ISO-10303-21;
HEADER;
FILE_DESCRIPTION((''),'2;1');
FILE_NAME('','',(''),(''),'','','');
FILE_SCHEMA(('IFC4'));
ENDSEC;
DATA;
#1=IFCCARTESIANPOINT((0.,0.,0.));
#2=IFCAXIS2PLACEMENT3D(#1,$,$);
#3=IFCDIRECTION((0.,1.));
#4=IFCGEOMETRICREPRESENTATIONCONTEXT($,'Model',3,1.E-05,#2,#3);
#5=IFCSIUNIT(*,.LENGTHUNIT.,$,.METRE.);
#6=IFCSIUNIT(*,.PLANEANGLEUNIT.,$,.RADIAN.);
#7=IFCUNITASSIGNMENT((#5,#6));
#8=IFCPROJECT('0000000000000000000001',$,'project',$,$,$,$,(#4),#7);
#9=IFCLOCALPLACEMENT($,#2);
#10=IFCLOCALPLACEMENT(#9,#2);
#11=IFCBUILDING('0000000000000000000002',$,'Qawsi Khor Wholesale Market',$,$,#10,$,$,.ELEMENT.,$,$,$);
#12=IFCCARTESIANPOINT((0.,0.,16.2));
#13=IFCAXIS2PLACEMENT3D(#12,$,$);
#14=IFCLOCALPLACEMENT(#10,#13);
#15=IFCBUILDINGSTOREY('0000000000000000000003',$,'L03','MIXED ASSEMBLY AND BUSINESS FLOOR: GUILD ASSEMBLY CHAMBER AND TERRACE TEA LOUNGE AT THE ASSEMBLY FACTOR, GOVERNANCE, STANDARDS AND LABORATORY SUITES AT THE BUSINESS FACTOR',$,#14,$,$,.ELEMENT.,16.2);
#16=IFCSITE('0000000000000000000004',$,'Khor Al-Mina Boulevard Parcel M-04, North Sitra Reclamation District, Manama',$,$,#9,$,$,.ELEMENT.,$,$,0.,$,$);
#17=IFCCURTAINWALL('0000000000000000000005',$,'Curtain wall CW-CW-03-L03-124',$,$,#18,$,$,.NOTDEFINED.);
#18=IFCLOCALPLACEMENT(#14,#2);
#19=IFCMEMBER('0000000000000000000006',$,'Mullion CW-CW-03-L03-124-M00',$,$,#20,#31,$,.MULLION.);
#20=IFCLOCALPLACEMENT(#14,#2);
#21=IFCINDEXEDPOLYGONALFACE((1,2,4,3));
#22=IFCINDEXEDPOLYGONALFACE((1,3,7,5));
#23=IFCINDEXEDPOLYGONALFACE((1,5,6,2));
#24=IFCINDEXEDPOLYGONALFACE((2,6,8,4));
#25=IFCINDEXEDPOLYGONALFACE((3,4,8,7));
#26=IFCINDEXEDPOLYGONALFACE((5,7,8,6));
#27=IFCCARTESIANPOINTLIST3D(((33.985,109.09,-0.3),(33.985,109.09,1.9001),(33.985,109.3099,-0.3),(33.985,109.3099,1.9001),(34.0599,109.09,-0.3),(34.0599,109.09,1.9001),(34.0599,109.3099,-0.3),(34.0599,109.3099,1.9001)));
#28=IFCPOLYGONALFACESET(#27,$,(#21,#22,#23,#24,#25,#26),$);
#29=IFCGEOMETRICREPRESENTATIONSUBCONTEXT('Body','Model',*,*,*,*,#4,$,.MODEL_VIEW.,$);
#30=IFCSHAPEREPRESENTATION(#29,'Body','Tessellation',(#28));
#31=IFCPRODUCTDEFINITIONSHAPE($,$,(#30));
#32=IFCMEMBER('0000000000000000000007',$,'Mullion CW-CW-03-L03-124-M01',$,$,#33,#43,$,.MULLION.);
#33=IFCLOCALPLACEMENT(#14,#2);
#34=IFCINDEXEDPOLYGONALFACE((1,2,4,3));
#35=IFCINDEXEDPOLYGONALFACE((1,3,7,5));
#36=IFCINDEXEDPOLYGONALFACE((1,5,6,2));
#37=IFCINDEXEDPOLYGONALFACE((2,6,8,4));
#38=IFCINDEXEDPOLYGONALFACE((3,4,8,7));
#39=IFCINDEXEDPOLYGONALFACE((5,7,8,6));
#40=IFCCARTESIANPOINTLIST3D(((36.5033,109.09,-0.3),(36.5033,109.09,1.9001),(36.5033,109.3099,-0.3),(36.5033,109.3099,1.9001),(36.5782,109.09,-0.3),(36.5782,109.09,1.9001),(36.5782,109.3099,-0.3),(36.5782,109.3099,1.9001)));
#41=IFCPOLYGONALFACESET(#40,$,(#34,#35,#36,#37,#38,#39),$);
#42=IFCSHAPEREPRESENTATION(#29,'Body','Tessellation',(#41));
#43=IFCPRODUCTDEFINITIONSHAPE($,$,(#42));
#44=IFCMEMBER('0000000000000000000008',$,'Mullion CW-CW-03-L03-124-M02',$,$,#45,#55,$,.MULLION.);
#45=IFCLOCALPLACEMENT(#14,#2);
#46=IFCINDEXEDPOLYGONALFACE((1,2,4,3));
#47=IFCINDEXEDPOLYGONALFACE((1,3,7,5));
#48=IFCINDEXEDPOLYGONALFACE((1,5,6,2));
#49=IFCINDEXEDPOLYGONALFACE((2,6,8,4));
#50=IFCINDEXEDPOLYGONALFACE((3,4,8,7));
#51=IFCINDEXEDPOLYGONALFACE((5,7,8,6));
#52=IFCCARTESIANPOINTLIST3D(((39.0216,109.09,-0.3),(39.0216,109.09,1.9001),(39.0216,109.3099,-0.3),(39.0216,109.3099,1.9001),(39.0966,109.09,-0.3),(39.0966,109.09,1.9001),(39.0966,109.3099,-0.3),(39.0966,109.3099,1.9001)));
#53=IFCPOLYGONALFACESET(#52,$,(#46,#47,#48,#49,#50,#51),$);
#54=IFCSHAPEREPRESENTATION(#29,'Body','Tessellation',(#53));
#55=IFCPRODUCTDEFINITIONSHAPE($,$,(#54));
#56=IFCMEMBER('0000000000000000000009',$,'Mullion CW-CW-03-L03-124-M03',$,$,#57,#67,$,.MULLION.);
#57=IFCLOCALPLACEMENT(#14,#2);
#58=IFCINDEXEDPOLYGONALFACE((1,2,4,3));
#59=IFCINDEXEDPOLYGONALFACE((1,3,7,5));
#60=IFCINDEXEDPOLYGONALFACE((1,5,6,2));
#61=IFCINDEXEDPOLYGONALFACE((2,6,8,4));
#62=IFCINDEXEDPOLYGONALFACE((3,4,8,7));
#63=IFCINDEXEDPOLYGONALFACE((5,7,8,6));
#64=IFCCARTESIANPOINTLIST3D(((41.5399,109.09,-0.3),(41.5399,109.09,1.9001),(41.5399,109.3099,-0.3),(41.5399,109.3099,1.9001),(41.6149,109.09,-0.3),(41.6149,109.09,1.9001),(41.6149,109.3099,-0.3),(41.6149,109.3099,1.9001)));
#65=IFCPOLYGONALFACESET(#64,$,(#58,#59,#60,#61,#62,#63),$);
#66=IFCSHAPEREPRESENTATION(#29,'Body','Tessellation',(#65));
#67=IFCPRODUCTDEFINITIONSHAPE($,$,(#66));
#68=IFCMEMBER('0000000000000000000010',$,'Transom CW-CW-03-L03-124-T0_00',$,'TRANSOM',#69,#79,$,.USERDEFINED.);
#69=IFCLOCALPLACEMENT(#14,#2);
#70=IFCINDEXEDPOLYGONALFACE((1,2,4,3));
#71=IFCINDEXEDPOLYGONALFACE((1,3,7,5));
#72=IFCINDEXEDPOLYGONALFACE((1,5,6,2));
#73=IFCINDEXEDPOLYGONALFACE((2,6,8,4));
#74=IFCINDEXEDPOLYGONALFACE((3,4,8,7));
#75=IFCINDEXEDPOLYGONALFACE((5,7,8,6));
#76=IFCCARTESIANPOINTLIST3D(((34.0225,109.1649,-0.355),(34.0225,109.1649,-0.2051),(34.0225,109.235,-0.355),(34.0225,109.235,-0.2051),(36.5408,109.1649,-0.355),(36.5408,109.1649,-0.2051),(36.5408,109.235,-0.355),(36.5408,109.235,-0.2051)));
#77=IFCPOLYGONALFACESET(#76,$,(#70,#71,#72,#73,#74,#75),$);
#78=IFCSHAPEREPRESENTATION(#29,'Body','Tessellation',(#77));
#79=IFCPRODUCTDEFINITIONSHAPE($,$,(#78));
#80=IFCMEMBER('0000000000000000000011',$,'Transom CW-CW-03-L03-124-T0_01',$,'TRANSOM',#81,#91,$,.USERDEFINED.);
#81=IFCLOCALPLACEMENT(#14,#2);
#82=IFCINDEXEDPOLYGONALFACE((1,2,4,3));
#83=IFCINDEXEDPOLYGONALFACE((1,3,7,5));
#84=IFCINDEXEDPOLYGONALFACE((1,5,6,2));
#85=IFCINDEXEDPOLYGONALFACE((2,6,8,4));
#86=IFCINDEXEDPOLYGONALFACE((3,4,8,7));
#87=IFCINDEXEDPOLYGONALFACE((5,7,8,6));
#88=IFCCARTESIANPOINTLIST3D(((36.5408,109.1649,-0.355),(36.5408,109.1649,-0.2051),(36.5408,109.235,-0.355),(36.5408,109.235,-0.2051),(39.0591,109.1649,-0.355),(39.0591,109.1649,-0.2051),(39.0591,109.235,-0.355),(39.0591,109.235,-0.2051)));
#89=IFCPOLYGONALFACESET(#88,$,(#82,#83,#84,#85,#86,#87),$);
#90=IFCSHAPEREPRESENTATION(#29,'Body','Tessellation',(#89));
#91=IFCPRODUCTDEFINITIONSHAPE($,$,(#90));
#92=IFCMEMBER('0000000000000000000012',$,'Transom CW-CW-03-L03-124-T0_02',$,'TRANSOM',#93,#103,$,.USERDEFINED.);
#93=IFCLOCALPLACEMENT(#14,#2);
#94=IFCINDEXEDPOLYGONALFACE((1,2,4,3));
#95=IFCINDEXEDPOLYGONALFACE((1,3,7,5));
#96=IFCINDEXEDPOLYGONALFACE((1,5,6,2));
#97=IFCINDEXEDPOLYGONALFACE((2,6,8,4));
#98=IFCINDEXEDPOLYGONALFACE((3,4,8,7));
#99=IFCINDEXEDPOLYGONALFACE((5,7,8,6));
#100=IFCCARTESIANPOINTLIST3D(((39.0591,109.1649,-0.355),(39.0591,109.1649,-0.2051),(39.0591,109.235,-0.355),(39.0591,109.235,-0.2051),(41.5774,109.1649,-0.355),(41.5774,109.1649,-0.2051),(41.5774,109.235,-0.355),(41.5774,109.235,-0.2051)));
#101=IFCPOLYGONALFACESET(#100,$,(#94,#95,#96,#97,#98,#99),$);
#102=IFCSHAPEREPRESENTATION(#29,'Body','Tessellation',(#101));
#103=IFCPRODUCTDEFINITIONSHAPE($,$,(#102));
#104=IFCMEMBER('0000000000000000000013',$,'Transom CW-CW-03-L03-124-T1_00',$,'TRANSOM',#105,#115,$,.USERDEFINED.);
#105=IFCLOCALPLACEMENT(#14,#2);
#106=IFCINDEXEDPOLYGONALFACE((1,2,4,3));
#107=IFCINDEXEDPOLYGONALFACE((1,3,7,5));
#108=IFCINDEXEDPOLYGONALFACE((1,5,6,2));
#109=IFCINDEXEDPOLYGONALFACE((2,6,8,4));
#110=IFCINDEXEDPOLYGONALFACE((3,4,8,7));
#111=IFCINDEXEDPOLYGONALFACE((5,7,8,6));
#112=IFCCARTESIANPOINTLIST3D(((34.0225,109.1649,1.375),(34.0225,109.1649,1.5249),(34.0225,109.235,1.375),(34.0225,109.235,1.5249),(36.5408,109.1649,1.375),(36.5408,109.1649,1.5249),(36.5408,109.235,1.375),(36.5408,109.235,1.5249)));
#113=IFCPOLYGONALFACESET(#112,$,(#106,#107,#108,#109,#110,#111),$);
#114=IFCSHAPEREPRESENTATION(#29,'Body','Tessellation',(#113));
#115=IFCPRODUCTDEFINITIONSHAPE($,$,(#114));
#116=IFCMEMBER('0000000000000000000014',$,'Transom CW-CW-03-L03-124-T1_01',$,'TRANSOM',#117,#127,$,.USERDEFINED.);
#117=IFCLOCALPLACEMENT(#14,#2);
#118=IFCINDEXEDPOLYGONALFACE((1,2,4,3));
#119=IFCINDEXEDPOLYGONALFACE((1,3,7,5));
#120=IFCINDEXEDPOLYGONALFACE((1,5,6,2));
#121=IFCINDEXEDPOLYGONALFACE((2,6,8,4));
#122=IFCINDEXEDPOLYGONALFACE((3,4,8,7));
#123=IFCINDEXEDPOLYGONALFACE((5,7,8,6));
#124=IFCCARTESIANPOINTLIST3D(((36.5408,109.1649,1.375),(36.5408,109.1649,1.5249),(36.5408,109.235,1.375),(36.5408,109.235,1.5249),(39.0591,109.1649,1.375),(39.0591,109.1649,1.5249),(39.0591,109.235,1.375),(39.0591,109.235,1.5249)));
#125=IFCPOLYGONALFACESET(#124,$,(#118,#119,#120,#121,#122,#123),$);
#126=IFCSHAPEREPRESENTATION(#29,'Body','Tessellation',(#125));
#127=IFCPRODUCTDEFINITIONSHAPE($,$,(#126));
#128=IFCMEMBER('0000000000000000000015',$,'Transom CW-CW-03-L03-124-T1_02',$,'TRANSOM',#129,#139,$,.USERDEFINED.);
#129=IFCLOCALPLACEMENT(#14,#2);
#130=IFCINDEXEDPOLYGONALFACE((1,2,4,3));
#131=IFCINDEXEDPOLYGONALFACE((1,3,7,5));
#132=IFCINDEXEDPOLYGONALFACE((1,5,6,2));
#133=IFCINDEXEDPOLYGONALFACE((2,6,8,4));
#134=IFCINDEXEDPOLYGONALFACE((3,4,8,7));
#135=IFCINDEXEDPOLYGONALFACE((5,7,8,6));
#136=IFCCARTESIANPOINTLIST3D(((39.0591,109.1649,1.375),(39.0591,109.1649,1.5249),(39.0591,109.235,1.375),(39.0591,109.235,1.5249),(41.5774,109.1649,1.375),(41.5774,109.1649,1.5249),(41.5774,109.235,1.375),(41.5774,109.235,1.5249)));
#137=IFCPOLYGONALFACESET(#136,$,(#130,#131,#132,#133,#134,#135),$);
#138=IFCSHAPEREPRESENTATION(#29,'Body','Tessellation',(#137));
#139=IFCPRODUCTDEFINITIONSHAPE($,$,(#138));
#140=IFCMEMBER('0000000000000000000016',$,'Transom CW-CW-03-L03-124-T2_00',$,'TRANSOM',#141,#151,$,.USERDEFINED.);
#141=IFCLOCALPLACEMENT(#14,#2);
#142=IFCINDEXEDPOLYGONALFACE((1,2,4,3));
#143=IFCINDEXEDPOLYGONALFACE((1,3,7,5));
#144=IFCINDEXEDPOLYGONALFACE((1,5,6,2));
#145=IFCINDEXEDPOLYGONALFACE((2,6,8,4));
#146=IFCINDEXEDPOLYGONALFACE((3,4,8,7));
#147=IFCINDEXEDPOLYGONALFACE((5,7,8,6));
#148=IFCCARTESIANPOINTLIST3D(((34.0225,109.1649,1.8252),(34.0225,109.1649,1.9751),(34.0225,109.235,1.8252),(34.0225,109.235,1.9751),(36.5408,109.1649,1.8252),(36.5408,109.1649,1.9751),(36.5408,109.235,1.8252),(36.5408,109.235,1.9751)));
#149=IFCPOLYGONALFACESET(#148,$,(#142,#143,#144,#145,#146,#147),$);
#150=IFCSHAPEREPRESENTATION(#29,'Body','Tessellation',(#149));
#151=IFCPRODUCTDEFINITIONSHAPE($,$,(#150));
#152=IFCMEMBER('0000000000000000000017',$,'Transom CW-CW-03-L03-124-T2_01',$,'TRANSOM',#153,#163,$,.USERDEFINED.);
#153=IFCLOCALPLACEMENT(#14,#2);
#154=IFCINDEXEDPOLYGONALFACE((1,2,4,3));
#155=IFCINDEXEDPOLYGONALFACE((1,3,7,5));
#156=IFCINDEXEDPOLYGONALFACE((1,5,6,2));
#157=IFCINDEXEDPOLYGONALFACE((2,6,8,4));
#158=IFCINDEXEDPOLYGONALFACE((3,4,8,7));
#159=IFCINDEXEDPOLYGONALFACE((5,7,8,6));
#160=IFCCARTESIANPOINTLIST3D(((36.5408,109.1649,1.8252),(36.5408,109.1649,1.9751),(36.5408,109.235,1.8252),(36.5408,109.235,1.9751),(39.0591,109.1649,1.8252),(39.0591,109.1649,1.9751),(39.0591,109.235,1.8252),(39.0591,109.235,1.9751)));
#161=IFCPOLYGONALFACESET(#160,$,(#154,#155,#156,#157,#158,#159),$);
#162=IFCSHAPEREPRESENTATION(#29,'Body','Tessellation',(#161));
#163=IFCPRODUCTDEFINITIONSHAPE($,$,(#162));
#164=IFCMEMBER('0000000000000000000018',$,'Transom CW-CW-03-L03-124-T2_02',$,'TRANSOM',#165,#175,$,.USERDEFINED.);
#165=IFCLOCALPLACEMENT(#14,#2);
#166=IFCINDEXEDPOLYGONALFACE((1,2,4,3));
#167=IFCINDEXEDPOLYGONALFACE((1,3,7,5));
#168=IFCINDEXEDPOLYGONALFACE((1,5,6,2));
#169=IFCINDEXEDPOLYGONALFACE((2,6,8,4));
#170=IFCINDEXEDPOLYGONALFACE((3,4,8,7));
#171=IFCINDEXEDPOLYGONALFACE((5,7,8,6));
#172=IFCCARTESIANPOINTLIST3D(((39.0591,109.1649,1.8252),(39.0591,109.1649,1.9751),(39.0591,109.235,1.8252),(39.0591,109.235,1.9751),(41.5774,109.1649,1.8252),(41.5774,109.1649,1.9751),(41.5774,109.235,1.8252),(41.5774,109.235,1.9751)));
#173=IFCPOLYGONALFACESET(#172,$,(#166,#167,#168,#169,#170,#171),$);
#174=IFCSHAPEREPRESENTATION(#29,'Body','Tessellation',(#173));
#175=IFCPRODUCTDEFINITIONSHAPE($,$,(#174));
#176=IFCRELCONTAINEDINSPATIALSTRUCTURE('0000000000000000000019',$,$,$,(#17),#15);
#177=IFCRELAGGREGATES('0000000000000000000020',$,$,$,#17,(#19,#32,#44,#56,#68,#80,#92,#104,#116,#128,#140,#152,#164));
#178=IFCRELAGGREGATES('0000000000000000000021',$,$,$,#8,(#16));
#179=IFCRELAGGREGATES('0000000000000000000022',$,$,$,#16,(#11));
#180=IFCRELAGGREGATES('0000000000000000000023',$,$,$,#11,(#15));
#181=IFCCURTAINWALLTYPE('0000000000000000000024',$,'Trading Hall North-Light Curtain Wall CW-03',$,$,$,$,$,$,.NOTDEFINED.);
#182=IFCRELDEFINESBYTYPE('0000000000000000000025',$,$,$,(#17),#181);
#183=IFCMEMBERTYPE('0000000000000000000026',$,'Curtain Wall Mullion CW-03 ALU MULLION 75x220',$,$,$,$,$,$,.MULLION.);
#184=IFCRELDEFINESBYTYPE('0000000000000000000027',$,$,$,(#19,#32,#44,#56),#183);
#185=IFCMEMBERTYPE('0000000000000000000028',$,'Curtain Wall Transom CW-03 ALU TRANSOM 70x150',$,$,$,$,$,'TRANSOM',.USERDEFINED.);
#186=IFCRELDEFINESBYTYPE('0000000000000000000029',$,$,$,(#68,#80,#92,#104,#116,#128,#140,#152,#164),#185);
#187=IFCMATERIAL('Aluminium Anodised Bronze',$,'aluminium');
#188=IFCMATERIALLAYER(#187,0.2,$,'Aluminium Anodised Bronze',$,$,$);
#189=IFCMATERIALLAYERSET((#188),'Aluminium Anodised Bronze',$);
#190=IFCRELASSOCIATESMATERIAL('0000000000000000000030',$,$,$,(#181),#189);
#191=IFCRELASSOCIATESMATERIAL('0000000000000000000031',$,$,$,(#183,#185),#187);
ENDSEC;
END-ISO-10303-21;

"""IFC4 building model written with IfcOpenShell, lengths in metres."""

from ifc_helpers import new_model, si_unit, direction, frame, origin, origin_2d, place, context, subcontext, project, spatial, rectangle, extrude, material, layer, layer_set, material_profile, profile_set, type_object, element, aggregate, save


model = new_model("IFC4")

# Units and contexts
model_context = context("Model", 3, precision=1e-05, world=origin(), true_north=direction((0.0, 1.0)))
body_context = subcontext(model_context, "Body", "Model", "MODEL_VIEW")
ifc_project = project(units=[si_unit("LENGTHUNIT", "METRE"), si_unit("PLANEANGLEUNIT", "RADIAN")], contexts=[model_context])

# Site, building, storey
site_placement = place(None, origin())
site = spatial("IfcSite", under=ifc_project, at=site_placement, Name="Khor Al-Mina Boulevard Parcel M-04, North Sitra Reclamation District, Manama", CompositionType="ELEMENT", RefElevation=0.0)
building_placement = place(site_placement, origin())
building = spatial("IfcBuilding", under=site, at=building_placement, Name="Qawsi Khor Wholesale Market", CompositionType="ELEMENT")
storey_placement = place(building_placement, frame((0.0, 0.0, 16.2)))
storey = spatial("IfcBuildingStorey", under=building, at=storey_placement, Name="L03", Description="MIXED ASSEMBLY AND BUSINESS FLOOR: GUILD ASSEMBLY CHAMBER AND TERRACE TEA LOUNGE AT THE ASSEMBLY FACTOR, GOVERNANCE, STANDARDS AND LABORATORY SUITES AT THE BUSINESS FACTOR", CompositionType="ELEMENT", Elevation=16.2)

# Curtain wall, members
ifc_material_1 = material(Name="Aluminium Anodised Bronze", Category="aluminium")
ifc_layer_1 = layer(ifc_material_1, 0.2, Name="Aluminium Anodised Bronze")
ifc_layer_set_1 = layer_set([ifc_layer_1], Name="Aluminium Anodised Bronze")
curtain_wall_type = type_object("IfcCurtainWallType", Name="Trading Hall North-Light Curtain Wall CW-03", PredefinedType="NOTDEFINED", material=ifc_layer_set_1)
curtain_wall_placement = place(storey_placement, origin())
curtain_wall = element("IfcCurtainWall", 1, at=curtain_wall_placement, inside=storey, type_object=curtain_wall_type, Name="Curtain wall CW-CW-03-L03-124", PredefinedType="NOTDEFINED")
ifc_material_profile_1 = material_profile(ifc_material_1, rectangle(XDim=0.075, YDim=0.22, at=origin_2d()), Name="ALU MULLION 75x220")
ifc_profile_set_1 = profile_set([ifc_material_profile_1], Name="Aluminium Anodised Bronze")
member_type_1 = type_object("IfcMemberType", Name="Curtain Wall Mullion CW-03 ALU MULLION 75x220", PredefinedType="MULLION", material=ifc_profile_set_1)
member_1_placement = place(storey_placement, frame((34.0225, 109.2, -0.3), z_axis=(0.0, 0.0, 1.0), x_axis=(1.0, 0.0, 0.0)))
member_1 = element("IfcMember", 2, at=member_1_placement, type_object=member_type_1, Name="Mullion CW-CW-03-L03-124-M00", PredefinedType="MULLION", context=body_context, shape_type="SweptSolid", body=[
    extrude(rectangle(XDim=0.075, YDim=0.22, at=origin_2d()), origin(), (0.0, 0.0, 1.0), 2.2002),
])
member_2_placement = place(storey_placement, frame((36.5408, 109.2, -0.3), z_axis=(0.0, 0.0, 1.0), x_axis=(1.0, 0.0, 0.0)))
member_2 = element("IfcMember", 3, at=member_2_placement, type_object=member_type_1, Name="Mullion CW-CW-03-L03-124-M01", PredefinedType="MULLION", context=body_context, shape_type="SweptSolid", body=[
    extrude(rectangle(XDim=0.075, YDim=0.22, at=origin_2d()), origin(), (0.0, 0.0, 1.0), 2.2002),
])
member_3_placement = place(storey_placement, frame((39.0591, 109.2, -0.3), z_axis=(0.0, 0.0, 1.0), x_axis=(1.0, 0.0, 0.0)))
member_3 = element("IfcMember", 4, at=member_3_placement, type_object=member_type_1, Name="Mullion CW-CW-03-L03-124-M02", PredefinedType="MULLION", context=body_context, shape_type="SweptSolid", body=[
    extrude(rectangle(XDim=0.075, YDim=0.22, at=origin_2d()), origin(), (0.0, 0.0, 1.0), 2.2002),
])
member_4_placement = place(storey_placement, frame((41.5774, 109.2, -0.3), z_axis=(0.0, 0.0, 1.0), x_axis=(1.0, 0.0, 0.0)))
member_4 = element("IfcMember", 5, at=member_4_placement, type_object=member_type_1, Name="Mullion CW-CW-03-L03-124-M03", PredefinedType="MULLION", context=body_context, shape_type="SweptSolid", body=[
    extrude(rectangle(XDim=0.075, YDim=0.22, at=origin_2d()), origin(), (0.0, 0.0, 1.0), 2.2002),
])
ifc_material_profile_2 = material_profile(ifc_material_1, rectangle(XDim=0.0701, YDim=0.1499, at=origin_2d()), Name="ALU TRANSOM 70x150")
ifc_profile_set_2 = profile_set([ifc_material_profile_2], Name="Aluminium Anodised Bronze")
member_type_2 = type_object("IfcMemberType", Name="Curtain Wall Transom CW-03 ALU TRANSOM 70x150", ElementType="TRANSOM", PredefinedType="USERDEFINED", material=ifc_profile_set_2)
member_5_placement = place(storey_placement, frame((34.0225, 109.2, -0.28), z_axis=(1.0, 0.0, 0.0), x_axis=(0.0, 1.0, 0.0)))
member_5 = element("IfcMember", 6, at=member_5_placement, type_object=member_type_2, Name="Transom CW-CW-03-L03-124-T0_00", ObjectType="TRANSOM", PredefinedType="USERDEFINED", context=body_context, shape_type="SweptSolid", body=[
    extrude(rectangle(XDim=0.0701, YDim=0.1499, at=origin_2d()), origin(), (0.0, 0.0, 1.0), 2.5183),
])
member_6_placement = place(storey_placement, frame((36.5408, 109.2, -0.28), z_axis=(1.0, 0.0, 0.0), x_axis=(0.0, 1.0, 0.0)))
member_6 = element("IfcMember", 7, at=member_6_placement, type_object=member_type_2, Name="Transom CW-CW-03-L03-124-T0_01", ObjectType="TRANSOM", PredefinedType="USERDEFINED", context=body_context, shape_type="SweptSolid", body=[
    extrude(rectangle(XDim=0.0701, YDim=0.1499, at=origin_2d()), origin(), (0.0, 0.0, 1.0), 2.5183),
])
member_7_placement = place(storey_placement, frame((39.0591, 109.2, -0.28), z_axis=(1.0, 0.0, 0.0), x_axis=(0.0, 1.0, 0.0)))
member_7 = element("IfcMember", 8, at=member_7_placement, type_object=member_type_2, Name="Transom CW-CW-03-L03-124-T0_02", ObjectType="TRANSOM", PredefinedType="USERDEFINED", context=body_context, shape_type="SweptSolid", body=[
    extrude(rectangle(XDim=0.0701, YDim=0.1499, at=origin_2d()), origin(), (0.0, 0.0, 1.0), 2.5183),
])
member_8_placement = place(storey_placement, frame((34.0225, 109.2, 1.45), z_axis=(1.0, 0.0, 0.0), x_axis=(0.0, 1.0, 0.0)))
member_8 = element("IfcMember", 9, at=member_8_placement, type_object=member_type_2, Name="Transom CW-CW-03-L03-124-T1_00", ObjectType="TRANSOM", PredefinedType="USERDEFINED", context=body_context, shape_type="SweptSolid", body=[
    extrude(rectangle(XDim=0.0701, YDim=0.1499, at=origin_2d()), origin(), (0.0, 0.0, 1.0), 2.5183),
])
member_9_placement = place(storey_placement, frame((36.5408, 109.2, 1.45), z_axis=(1.0, 0.0, 0.0), x_axis=(0.0, 1.0, 0.0)))
member_9 = element("IfcMember", 10, at=member_9_placement, type_object=member_type_2, Name="Transom CW-CW-03-L03-124-T1_01", ObjectType="TRANSOM", PredefinedType="USERDEFINED", context=body_context, shape_type="SweptSolid", body=[
    extrude(rectangle(XDim=0.0701, YDim=0.1499, at=origin_2d()), origin(), (0.0, 0.0, 1.0), 2.5183),
])
member_10_placement = place(storey_placement, frame((39.0591, 109.2, 1.45), z_axis=(1.0, 0.0, 0.0), x_axis=(0.0, 1.0, 0.0)))
member_10 = element("IfcMember", 11, at=member_10_placement, type_object=member_type_2, Name="Transom CW-CW-03-L03-124-T1_02", ObjectType="TRANSOM", PredefinedType="USERDEFINED", context=body_context, shape_type="SweptSolid", body=[
    extrude(rectangle(XDim=0.0701, YDim=0.1499, at=origin_2d()), origin(), (0.0, 0.0, 1.0), 2.5183),
])
member_11_placement = place(storey_placement, frame((34.0225, 109.2, 1.9001), z_axis=(1.0, 0.0, 0.0), x_axis=(0.0, 1.0, 0.0)))
member_11 = element("IfcMember", 12, at=member_11_placement, type_object=member_type_2, Name="Transom CW-CW-03-L03-124-T2_00", ObjectType="TRANSOM", PredefinedType="USERDEFINED", context=body_context, shape_type="SweptSolid", body=[
    extrude(rectangle(XDim=0.0701, YDim=0.1499, at=origin_2d()), origin(), (0.0, 0.0, 1.0), 2.5183),
])
member_12_placement = place(storey_placement, frame((36.5408, 109.2, 1.9001), z_axis=(1.0, 0.0, 0.0), x_axis=(0.0, 1.0, 0.0)))
member_12 = element("IfcMember", 13, at=member_12_placement, type_object=member_type_2, Name="Transom CW-CW-03-L03-124-T2_01", ObjectType="TRANSOM", PredefinedType="USERDEFINED", context=body_context, shape_type="SweptSolid", body=[
    extrude(rectangle(XDim=0.0701, YDim=0.1499, at=origin_2d()), origin(), (0.0, 0.0, 1.0), 2.5183),
])
member_13_placement = place(storey_placement, frame((39.0591, 109.2, 1.9001), z_axis=(1.0, 0.0, 0.0), x_axis=(0.0, 1.0, 0.0)))
member_13 = element("IfcMember", 14, at=member_13_placement, type_object=member_type_2, Name="Transom CW-CW-03-L03-124-T2_02", ObjectType="TRANSOM", PredefinedType="USERDEFINED", context=body_context, shape_type="SweptSolid", body=[
    extrude(rectangle(XDim=0.0701, YDim=0.1499, at=origin_2d()), origin(), (0.0, 0.0, 1.0), 2.5183),
])

aggregate(curtain_wall, [member_1, member_2, member_3, member_4, member_5, member_6, member_7, member_8, member_9, member_10, member_11, member_12, member_13])

save(model, "model.ifc")
